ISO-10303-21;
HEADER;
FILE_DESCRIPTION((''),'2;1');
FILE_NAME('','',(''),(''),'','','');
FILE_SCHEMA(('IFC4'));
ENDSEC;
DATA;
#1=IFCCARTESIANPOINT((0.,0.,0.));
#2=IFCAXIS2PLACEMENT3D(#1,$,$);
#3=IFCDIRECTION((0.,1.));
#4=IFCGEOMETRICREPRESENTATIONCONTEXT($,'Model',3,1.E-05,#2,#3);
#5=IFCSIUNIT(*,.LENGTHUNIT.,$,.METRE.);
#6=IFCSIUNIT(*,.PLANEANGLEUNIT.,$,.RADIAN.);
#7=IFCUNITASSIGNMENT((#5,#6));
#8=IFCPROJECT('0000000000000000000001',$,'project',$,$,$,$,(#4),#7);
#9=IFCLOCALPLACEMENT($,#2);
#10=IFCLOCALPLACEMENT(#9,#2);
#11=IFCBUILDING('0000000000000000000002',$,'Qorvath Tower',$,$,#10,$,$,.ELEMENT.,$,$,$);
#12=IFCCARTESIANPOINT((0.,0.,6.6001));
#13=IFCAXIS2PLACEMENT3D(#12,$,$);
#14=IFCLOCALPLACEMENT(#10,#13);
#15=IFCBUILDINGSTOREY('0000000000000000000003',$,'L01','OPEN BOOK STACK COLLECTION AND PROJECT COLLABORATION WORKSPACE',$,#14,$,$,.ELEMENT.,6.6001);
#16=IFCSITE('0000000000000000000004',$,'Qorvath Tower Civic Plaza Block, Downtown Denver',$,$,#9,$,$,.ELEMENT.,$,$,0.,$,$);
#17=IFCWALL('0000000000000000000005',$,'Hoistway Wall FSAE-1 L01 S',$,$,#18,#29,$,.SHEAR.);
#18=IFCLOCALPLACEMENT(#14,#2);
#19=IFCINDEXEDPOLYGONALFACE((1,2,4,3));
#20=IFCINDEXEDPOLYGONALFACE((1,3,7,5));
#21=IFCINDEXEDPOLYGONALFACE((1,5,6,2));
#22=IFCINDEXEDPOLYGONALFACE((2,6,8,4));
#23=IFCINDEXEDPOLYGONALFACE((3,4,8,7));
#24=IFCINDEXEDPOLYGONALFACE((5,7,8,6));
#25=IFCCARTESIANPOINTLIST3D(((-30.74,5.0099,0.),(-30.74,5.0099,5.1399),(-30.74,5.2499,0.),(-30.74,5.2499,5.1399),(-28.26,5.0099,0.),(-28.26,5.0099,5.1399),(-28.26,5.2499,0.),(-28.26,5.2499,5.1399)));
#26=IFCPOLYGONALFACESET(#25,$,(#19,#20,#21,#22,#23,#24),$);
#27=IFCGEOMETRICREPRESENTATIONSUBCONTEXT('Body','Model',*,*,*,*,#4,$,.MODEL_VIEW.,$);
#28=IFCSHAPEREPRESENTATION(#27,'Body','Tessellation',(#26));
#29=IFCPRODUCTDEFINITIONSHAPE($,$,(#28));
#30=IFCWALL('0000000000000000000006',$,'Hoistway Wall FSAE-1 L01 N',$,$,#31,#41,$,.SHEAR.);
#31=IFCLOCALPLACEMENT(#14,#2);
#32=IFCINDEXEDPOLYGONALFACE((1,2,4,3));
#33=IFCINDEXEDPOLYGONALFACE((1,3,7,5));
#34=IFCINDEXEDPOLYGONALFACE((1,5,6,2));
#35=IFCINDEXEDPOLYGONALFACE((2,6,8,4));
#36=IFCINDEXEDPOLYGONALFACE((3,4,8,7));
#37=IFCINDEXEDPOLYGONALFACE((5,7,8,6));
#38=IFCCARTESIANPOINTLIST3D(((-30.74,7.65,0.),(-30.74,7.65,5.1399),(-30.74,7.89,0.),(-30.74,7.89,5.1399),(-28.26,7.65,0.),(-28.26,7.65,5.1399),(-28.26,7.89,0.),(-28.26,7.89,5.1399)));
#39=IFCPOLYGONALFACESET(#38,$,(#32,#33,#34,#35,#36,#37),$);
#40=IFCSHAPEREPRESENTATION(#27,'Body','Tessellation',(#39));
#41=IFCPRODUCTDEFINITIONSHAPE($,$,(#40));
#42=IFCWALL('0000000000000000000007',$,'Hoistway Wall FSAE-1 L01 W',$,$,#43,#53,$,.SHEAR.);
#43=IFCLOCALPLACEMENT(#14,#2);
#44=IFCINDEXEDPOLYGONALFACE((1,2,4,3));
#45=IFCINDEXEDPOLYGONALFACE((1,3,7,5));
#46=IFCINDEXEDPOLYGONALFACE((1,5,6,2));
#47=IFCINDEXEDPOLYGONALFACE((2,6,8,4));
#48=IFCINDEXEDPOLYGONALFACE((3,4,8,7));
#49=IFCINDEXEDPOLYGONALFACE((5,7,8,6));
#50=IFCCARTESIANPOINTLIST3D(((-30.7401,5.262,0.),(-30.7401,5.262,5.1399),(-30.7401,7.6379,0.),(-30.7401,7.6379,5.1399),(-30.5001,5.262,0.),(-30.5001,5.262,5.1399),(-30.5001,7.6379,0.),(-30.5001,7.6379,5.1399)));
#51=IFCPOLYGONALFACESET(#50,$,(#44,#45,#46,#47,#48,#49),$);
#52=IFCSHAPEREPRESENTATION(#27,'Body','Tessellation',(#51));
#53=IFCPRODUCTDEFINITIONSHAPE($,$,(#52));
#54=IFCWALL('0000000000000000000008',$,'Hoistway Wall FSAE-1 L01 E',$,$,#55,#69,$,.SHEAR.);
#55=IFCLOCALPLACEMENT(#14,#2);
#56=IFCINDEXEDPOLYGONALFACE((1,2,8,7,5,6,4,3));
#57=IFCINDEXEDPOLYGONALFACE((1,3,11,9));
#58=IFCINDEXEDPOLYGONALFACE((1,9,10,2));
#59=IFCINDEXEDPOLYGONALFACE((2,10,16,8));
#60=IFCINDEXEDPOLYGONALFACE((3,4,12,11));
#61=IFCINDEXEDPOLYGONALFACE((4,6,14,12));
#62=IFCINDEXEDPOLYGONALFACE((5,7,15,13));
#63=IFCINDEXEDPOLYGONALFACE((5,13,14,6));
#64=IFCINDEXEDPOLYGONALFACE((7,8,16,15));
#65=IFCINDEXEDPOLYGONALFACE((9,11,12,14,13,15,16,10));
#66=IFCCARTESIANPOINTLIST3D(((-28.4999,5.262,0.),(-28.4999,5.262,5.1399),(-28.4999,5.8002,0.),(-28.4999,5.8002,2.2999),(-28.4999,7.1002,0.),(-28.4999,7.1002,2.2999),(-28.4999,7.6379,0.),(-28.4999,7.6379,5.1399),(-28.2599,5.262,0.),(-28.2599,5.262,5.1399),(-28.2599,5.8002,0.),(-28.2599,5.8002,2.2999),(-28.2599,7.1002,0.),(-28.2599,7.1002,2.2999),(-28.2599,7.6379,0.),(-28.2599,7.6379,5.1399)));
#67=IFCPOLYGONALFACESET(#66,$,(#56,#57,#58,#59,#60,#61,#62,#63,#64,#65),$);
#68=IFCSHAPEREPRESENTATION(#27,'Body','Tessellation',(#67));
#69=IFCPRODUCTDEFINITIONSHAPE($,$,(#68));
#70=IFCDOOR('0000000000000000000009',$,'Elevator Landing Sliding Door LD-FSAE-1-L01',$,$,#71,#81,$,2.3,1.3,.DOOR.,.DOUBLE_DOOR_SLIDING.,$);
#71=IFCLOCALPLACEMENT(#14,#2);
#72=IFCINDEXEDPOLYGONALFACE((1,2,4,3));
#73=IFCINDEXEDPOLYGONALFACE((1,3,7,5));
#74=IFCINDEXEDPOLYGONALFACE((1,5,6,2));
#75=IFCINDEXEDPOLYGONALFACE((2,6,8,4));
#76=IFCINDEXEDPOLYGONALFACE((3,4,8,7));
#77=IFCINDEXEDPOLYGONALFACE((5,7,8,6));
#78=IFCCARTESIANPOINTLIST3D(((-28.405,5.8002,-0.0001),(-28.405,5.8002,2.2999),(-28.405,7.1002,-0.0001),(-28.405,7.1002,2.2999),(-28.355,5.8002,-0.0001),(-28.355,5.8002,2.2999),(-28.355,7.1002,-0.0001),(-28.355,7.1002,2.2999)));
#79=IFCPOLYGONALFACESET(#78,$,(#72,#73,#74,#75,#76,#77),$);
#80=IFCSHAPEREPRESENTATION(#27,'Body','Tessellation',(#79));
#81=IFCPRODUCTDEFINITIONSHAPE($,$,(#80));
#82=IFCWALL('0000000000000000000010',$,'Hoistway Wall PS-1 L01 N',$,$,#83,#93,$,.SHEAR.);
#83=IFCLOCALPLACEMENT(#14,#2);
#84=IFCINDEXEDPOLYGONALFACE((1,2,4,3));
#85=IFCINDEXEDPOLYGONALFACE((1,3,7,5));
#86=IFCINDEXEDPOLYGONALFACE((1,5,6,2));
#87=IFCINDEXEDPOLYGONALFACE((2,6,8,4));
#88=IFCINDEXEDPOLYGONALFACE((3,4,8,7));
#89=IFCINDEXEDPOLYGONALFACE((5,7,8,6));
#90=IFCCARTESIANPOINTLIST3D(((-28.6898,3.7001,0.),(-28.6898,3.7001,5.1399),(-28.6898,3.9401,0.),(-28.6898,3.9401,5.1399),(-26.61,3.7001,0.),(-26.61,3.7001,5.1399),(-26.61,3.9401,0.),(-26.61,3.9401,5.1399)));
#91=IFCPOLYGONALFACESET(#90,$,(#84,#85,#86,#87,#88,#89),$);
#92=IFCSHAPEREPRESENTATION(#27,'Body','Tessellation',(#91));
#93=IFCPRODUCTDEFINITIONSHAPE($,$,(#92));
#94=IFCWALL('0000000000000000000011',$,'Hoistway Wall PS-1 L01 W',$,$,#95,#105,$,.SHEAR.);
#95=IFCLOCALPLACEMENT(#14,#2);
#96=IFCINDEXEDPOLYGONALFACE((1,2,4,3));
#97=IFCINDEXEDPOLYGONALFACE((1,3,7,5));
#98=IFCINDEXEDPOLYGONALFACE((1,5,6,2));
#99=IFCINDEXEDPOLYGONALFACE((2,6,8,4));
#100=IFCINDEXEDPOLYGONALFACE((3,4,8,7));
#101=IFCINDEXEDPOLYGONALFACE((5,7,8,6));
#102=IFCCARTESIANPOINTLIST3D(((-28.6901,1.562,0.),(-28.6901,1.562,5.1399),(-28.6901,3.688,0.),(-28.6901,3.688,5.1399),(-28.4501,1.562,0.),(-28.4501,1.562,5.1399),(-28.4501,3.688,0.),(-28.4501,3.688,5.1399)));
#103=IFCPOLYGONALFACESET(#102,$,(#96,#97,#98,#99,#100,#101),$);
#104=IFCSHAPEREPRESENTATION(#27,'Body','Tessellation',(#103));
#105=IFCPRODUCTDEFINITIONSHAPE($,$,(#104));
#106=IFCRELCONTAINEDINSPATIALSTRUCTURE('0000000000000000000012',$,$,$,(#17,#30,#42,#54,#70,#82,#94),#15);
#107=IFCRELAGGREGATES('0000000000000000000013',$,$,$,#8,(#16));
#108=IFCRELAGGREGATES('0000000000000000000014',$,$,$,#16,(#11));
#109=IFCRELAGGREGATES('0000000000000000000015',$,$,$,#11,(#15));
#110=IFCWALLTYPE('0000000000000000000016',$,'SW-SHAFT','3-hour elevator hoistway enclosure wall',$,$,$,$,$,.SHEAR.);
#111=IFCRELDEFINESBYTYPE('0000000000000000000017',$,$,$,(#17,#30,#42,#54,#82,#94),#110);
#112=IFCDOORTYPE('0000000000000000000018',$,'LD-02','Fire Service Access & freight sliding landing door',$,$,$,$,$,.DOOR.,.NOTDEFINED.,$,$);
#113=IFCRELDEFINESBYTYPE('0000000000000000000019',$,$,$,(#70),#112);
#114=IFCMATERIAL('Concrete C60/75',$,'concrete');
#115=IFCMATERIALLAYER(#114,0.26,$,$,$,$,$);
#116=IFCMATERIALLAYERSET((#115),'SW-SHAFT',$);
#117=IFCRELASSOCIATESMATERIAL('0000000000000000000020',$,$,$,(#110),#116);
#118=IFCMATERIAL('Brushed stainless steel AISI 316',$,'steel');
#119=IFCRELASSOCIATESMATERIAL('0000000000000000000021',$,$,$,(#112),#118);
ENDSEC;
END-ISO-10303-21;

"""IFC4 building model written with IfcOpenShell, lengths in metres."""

from ifc_helpers import new_model, si_unit, direction, frame, frame_2d, origin, place, context, subcontext, project, spatial, rectangle, extrude, material, layer, layer_set, type_object, element, fill, save


model = new_model("IFC4")

# Units and contexts
model_context = context("Model", 3, precision=1e-05, world=origin(), true_north=direction((0.0, 1.0)))
body_context = subcontext(model_context, "Body", "Model", "MODEL_VIEW")
ifc_project = project(units=[si_unit("LENGTHUNIT", "METRE"), si_unit("PLANEANGLEUNIT", "RADIAN")], contexts=[model_context])

# Site, building, storey
site_placement = place(None, origin())
site = spatial("IfcSite", under=ifc_project, at=site_placement, Name="Qorvath Tower Civic Plaza Block, Downtown Denver", CompositionType="ELEMENT", RefElevation=0.0)
building_placement = place(site_placement, origin())
building = spatial("IfcBuilding", under=site, at=building_placement, Name="Qorvath Tower", CompositionType="ELEMENT")
storey_placement = place(building_placement, frame((0.0, 0.0, 6.6001)))
storey = spatial("IfcBuildingStorey", under=building, at=storey_placement, Name="L01", Description="OPEN BOOK STACK COLLECTION AND PROJECT COLLABORATION WORKSPACE", CompositionType="ELEMENT", Elevation=6.6001)

# Walls
ifc_material_1 = material(Name="Concrete C60/75", Category="concrete")
ifc_layer_1 = layer(ifc_material_1, 0.26)
ifc_layer_set_1 = layer_set([ifc_layer_1], Name="SW-SHAFT")
wall_type_1 = type_object("IfcWallType", Name="SW-SHAFT", Description="3-hour elevator hoistway enclosure wall", PredefinedType="SHEAR", material=ifc_layer_set_1)
for number, where, z_axis, x_axis, name in (
    (1, (-28.26, 5.1299, 0.0), (0.0, 0.0, 1.0), (-1.0, 0.0, 0.0), "Hoistway Wall FSAE-1 L01 S"),
    (2, (-30.74, 7.77, 0.0), (0.0, 0.0, 1.0), (1.0, 0.0, 0.0), "Hoistway Wall FSAE-1 L01 N"),
):
    element("IfcWall", number, at=place(storey_placement, frame(where, z_axis=z_axis, x_axis=x_axis)), inside=storey, type_object=wall_type_1, Name=name, PredefinedType="SHEAR", context=body_context, shape_type="SweptSolid", body=[
        extrude(rectangle(XDim=2.48, YDim=0.24, at=frame_2d((1.24, 0.0))), origin(), (0.0, 0.0, 1.0), 5.1399),
    ])
wall_1_placement = place(storey_placement, frame((-30.6201, 5.262, 0.0), z_axis=(0.0, 0.0, 1.0), x_axis=(0.0, 1.0, 0.0)))
element("IfcWall", 3, at=wall_1_placement, inside=storey, type_object=wall_type_1, Name="Hoistway Wall FSAE-1 L01 W", PredefinedType="SHEAR", context=body_context, shape_type="SweptSolid", body=[
    extrude(rectangle(XDim=2.376, YDim=0.24, at=frame_2d((1.188, 0.0))), origin(), (0.0, 0.0, 1.0), 5.1399),
])

# Wall, opening, door
wall_2_placement = place(storey_placement, frame((-28.3799, 7.6379, 0.0), z_axis=(0.0, 0.0, 1.0), x_axis=(0.0, -1.0, 0.0)))
wall_2 = element("IfcWall", 4, at=wall_2_placement, inside=storey, type_object=wall_type_1, Name="Hoistway Wall FSAE-1 L01 E", PredefinedType="SHEAR", context=body_context, shape_type="SweptSolid", body=[
    extrude(rectangle(XDim=2.376, YDim=0.24, at=frame_2d((1.188, 0.0))), origin(), (0.0, 0.0, 1.0), 5.1399),
])
opening_placement = place(wall_2_placement, frame((0.5378, 0.0, 0.0)))
opening = element("IfcOpeningElement", 5, at=opening_placement, cuts=wall_2, PredefinedType="OPENING", context=body_context, shape_type="SweptSolid", body=[
    extrude(rectangle(XDim=1.3, YDim=2.3, at=frame_2d((0.6499, 1.1499))), frame((0.0, 0.1299, 0.0), z_axis=(0.0, -1.0, 0.0), x_axis=(1.0, 0.0, 0.0)), (0.0, 0.0, 1.0), 0.26),
])
ifc_material_2 = material(Name="Brushed stainless steel AISI 316", Category="steel")
door_type = type_object("IfcDoorType", Name="LD-02", Description="Fire Service Access & freight sliding landing door", OperationType="NOTDEFINED", PredefinedType="DOOR", material=ifc_material_2)
door_placement = place(opening_placement, origin())
door = element("IfcDoor", 6, at=door_placement, inside=storey, type_object=door_type, Name="Elevator Landing Sliding Door LD-FSAE-1-L01", OperationType="DOUBLE_DOOR_SLIDING", OverallHeight=2.3, OverallWidth=1.3, PredefinedType="DOOR", context=body_context, shape_type="SweptSolid", body=[
    extrude(rectangle(XDim=1.3, YDim=2.3, at=frame_2d((0.6499, 1.1499))), frame((0.0, 0.0249, 0.0), z_axis=(0.0, -1.0, 0.0), x_axis=(1.0, 0.0, 0.0)), (0.0, 0.0, 1.0), 0.05),
])
fill(opening, door)

# Walls
wall_3_placement = place(storey_placement, frame((-28.6899, 3.8201, 0.0), z_axis=(0.0, 0.0, 1.0), x_axis=(1.0, 0.0, 0.0)))
element("IfcWall", 7, at=wall_3_placement, inside=storey, type_object=wall_type_1, Name="Hoistway Wall PS-1 L01 N", PredefinedType="SHEAR", context=body_context, shape_type="SweptSolid", body=[
    extrude(rectangle(XDim=2.0798, YDim=0.24, at=frame_2d((1.04, 0.0))), origin(), (0.0, 0.0, 1.0), 5.1399),
])
wall_4_placement = place(storey_placement, frame((-28.5701, 1.562, 0.0), z_axis=(0.0, 0.0, 1.0), x_axis=(0.0, 1.0, 0.0)))
element("IfcWall", 8, at=wall_4_placement, inside=storey, type_object=wall_type_1, Name="Hoistway Wall PS-1 L01 W", PredefinedType="SHEAR", context=body_context, shape_type="SweptSolid", body=[
    extrude(rectangle(XDim=2.126, YDim=0.24, at=frame_2d((1.063, 0.0))), origin(), (0.0, 0.0, 1.0), 5.1399),
])

save(model, "model.ifc")
